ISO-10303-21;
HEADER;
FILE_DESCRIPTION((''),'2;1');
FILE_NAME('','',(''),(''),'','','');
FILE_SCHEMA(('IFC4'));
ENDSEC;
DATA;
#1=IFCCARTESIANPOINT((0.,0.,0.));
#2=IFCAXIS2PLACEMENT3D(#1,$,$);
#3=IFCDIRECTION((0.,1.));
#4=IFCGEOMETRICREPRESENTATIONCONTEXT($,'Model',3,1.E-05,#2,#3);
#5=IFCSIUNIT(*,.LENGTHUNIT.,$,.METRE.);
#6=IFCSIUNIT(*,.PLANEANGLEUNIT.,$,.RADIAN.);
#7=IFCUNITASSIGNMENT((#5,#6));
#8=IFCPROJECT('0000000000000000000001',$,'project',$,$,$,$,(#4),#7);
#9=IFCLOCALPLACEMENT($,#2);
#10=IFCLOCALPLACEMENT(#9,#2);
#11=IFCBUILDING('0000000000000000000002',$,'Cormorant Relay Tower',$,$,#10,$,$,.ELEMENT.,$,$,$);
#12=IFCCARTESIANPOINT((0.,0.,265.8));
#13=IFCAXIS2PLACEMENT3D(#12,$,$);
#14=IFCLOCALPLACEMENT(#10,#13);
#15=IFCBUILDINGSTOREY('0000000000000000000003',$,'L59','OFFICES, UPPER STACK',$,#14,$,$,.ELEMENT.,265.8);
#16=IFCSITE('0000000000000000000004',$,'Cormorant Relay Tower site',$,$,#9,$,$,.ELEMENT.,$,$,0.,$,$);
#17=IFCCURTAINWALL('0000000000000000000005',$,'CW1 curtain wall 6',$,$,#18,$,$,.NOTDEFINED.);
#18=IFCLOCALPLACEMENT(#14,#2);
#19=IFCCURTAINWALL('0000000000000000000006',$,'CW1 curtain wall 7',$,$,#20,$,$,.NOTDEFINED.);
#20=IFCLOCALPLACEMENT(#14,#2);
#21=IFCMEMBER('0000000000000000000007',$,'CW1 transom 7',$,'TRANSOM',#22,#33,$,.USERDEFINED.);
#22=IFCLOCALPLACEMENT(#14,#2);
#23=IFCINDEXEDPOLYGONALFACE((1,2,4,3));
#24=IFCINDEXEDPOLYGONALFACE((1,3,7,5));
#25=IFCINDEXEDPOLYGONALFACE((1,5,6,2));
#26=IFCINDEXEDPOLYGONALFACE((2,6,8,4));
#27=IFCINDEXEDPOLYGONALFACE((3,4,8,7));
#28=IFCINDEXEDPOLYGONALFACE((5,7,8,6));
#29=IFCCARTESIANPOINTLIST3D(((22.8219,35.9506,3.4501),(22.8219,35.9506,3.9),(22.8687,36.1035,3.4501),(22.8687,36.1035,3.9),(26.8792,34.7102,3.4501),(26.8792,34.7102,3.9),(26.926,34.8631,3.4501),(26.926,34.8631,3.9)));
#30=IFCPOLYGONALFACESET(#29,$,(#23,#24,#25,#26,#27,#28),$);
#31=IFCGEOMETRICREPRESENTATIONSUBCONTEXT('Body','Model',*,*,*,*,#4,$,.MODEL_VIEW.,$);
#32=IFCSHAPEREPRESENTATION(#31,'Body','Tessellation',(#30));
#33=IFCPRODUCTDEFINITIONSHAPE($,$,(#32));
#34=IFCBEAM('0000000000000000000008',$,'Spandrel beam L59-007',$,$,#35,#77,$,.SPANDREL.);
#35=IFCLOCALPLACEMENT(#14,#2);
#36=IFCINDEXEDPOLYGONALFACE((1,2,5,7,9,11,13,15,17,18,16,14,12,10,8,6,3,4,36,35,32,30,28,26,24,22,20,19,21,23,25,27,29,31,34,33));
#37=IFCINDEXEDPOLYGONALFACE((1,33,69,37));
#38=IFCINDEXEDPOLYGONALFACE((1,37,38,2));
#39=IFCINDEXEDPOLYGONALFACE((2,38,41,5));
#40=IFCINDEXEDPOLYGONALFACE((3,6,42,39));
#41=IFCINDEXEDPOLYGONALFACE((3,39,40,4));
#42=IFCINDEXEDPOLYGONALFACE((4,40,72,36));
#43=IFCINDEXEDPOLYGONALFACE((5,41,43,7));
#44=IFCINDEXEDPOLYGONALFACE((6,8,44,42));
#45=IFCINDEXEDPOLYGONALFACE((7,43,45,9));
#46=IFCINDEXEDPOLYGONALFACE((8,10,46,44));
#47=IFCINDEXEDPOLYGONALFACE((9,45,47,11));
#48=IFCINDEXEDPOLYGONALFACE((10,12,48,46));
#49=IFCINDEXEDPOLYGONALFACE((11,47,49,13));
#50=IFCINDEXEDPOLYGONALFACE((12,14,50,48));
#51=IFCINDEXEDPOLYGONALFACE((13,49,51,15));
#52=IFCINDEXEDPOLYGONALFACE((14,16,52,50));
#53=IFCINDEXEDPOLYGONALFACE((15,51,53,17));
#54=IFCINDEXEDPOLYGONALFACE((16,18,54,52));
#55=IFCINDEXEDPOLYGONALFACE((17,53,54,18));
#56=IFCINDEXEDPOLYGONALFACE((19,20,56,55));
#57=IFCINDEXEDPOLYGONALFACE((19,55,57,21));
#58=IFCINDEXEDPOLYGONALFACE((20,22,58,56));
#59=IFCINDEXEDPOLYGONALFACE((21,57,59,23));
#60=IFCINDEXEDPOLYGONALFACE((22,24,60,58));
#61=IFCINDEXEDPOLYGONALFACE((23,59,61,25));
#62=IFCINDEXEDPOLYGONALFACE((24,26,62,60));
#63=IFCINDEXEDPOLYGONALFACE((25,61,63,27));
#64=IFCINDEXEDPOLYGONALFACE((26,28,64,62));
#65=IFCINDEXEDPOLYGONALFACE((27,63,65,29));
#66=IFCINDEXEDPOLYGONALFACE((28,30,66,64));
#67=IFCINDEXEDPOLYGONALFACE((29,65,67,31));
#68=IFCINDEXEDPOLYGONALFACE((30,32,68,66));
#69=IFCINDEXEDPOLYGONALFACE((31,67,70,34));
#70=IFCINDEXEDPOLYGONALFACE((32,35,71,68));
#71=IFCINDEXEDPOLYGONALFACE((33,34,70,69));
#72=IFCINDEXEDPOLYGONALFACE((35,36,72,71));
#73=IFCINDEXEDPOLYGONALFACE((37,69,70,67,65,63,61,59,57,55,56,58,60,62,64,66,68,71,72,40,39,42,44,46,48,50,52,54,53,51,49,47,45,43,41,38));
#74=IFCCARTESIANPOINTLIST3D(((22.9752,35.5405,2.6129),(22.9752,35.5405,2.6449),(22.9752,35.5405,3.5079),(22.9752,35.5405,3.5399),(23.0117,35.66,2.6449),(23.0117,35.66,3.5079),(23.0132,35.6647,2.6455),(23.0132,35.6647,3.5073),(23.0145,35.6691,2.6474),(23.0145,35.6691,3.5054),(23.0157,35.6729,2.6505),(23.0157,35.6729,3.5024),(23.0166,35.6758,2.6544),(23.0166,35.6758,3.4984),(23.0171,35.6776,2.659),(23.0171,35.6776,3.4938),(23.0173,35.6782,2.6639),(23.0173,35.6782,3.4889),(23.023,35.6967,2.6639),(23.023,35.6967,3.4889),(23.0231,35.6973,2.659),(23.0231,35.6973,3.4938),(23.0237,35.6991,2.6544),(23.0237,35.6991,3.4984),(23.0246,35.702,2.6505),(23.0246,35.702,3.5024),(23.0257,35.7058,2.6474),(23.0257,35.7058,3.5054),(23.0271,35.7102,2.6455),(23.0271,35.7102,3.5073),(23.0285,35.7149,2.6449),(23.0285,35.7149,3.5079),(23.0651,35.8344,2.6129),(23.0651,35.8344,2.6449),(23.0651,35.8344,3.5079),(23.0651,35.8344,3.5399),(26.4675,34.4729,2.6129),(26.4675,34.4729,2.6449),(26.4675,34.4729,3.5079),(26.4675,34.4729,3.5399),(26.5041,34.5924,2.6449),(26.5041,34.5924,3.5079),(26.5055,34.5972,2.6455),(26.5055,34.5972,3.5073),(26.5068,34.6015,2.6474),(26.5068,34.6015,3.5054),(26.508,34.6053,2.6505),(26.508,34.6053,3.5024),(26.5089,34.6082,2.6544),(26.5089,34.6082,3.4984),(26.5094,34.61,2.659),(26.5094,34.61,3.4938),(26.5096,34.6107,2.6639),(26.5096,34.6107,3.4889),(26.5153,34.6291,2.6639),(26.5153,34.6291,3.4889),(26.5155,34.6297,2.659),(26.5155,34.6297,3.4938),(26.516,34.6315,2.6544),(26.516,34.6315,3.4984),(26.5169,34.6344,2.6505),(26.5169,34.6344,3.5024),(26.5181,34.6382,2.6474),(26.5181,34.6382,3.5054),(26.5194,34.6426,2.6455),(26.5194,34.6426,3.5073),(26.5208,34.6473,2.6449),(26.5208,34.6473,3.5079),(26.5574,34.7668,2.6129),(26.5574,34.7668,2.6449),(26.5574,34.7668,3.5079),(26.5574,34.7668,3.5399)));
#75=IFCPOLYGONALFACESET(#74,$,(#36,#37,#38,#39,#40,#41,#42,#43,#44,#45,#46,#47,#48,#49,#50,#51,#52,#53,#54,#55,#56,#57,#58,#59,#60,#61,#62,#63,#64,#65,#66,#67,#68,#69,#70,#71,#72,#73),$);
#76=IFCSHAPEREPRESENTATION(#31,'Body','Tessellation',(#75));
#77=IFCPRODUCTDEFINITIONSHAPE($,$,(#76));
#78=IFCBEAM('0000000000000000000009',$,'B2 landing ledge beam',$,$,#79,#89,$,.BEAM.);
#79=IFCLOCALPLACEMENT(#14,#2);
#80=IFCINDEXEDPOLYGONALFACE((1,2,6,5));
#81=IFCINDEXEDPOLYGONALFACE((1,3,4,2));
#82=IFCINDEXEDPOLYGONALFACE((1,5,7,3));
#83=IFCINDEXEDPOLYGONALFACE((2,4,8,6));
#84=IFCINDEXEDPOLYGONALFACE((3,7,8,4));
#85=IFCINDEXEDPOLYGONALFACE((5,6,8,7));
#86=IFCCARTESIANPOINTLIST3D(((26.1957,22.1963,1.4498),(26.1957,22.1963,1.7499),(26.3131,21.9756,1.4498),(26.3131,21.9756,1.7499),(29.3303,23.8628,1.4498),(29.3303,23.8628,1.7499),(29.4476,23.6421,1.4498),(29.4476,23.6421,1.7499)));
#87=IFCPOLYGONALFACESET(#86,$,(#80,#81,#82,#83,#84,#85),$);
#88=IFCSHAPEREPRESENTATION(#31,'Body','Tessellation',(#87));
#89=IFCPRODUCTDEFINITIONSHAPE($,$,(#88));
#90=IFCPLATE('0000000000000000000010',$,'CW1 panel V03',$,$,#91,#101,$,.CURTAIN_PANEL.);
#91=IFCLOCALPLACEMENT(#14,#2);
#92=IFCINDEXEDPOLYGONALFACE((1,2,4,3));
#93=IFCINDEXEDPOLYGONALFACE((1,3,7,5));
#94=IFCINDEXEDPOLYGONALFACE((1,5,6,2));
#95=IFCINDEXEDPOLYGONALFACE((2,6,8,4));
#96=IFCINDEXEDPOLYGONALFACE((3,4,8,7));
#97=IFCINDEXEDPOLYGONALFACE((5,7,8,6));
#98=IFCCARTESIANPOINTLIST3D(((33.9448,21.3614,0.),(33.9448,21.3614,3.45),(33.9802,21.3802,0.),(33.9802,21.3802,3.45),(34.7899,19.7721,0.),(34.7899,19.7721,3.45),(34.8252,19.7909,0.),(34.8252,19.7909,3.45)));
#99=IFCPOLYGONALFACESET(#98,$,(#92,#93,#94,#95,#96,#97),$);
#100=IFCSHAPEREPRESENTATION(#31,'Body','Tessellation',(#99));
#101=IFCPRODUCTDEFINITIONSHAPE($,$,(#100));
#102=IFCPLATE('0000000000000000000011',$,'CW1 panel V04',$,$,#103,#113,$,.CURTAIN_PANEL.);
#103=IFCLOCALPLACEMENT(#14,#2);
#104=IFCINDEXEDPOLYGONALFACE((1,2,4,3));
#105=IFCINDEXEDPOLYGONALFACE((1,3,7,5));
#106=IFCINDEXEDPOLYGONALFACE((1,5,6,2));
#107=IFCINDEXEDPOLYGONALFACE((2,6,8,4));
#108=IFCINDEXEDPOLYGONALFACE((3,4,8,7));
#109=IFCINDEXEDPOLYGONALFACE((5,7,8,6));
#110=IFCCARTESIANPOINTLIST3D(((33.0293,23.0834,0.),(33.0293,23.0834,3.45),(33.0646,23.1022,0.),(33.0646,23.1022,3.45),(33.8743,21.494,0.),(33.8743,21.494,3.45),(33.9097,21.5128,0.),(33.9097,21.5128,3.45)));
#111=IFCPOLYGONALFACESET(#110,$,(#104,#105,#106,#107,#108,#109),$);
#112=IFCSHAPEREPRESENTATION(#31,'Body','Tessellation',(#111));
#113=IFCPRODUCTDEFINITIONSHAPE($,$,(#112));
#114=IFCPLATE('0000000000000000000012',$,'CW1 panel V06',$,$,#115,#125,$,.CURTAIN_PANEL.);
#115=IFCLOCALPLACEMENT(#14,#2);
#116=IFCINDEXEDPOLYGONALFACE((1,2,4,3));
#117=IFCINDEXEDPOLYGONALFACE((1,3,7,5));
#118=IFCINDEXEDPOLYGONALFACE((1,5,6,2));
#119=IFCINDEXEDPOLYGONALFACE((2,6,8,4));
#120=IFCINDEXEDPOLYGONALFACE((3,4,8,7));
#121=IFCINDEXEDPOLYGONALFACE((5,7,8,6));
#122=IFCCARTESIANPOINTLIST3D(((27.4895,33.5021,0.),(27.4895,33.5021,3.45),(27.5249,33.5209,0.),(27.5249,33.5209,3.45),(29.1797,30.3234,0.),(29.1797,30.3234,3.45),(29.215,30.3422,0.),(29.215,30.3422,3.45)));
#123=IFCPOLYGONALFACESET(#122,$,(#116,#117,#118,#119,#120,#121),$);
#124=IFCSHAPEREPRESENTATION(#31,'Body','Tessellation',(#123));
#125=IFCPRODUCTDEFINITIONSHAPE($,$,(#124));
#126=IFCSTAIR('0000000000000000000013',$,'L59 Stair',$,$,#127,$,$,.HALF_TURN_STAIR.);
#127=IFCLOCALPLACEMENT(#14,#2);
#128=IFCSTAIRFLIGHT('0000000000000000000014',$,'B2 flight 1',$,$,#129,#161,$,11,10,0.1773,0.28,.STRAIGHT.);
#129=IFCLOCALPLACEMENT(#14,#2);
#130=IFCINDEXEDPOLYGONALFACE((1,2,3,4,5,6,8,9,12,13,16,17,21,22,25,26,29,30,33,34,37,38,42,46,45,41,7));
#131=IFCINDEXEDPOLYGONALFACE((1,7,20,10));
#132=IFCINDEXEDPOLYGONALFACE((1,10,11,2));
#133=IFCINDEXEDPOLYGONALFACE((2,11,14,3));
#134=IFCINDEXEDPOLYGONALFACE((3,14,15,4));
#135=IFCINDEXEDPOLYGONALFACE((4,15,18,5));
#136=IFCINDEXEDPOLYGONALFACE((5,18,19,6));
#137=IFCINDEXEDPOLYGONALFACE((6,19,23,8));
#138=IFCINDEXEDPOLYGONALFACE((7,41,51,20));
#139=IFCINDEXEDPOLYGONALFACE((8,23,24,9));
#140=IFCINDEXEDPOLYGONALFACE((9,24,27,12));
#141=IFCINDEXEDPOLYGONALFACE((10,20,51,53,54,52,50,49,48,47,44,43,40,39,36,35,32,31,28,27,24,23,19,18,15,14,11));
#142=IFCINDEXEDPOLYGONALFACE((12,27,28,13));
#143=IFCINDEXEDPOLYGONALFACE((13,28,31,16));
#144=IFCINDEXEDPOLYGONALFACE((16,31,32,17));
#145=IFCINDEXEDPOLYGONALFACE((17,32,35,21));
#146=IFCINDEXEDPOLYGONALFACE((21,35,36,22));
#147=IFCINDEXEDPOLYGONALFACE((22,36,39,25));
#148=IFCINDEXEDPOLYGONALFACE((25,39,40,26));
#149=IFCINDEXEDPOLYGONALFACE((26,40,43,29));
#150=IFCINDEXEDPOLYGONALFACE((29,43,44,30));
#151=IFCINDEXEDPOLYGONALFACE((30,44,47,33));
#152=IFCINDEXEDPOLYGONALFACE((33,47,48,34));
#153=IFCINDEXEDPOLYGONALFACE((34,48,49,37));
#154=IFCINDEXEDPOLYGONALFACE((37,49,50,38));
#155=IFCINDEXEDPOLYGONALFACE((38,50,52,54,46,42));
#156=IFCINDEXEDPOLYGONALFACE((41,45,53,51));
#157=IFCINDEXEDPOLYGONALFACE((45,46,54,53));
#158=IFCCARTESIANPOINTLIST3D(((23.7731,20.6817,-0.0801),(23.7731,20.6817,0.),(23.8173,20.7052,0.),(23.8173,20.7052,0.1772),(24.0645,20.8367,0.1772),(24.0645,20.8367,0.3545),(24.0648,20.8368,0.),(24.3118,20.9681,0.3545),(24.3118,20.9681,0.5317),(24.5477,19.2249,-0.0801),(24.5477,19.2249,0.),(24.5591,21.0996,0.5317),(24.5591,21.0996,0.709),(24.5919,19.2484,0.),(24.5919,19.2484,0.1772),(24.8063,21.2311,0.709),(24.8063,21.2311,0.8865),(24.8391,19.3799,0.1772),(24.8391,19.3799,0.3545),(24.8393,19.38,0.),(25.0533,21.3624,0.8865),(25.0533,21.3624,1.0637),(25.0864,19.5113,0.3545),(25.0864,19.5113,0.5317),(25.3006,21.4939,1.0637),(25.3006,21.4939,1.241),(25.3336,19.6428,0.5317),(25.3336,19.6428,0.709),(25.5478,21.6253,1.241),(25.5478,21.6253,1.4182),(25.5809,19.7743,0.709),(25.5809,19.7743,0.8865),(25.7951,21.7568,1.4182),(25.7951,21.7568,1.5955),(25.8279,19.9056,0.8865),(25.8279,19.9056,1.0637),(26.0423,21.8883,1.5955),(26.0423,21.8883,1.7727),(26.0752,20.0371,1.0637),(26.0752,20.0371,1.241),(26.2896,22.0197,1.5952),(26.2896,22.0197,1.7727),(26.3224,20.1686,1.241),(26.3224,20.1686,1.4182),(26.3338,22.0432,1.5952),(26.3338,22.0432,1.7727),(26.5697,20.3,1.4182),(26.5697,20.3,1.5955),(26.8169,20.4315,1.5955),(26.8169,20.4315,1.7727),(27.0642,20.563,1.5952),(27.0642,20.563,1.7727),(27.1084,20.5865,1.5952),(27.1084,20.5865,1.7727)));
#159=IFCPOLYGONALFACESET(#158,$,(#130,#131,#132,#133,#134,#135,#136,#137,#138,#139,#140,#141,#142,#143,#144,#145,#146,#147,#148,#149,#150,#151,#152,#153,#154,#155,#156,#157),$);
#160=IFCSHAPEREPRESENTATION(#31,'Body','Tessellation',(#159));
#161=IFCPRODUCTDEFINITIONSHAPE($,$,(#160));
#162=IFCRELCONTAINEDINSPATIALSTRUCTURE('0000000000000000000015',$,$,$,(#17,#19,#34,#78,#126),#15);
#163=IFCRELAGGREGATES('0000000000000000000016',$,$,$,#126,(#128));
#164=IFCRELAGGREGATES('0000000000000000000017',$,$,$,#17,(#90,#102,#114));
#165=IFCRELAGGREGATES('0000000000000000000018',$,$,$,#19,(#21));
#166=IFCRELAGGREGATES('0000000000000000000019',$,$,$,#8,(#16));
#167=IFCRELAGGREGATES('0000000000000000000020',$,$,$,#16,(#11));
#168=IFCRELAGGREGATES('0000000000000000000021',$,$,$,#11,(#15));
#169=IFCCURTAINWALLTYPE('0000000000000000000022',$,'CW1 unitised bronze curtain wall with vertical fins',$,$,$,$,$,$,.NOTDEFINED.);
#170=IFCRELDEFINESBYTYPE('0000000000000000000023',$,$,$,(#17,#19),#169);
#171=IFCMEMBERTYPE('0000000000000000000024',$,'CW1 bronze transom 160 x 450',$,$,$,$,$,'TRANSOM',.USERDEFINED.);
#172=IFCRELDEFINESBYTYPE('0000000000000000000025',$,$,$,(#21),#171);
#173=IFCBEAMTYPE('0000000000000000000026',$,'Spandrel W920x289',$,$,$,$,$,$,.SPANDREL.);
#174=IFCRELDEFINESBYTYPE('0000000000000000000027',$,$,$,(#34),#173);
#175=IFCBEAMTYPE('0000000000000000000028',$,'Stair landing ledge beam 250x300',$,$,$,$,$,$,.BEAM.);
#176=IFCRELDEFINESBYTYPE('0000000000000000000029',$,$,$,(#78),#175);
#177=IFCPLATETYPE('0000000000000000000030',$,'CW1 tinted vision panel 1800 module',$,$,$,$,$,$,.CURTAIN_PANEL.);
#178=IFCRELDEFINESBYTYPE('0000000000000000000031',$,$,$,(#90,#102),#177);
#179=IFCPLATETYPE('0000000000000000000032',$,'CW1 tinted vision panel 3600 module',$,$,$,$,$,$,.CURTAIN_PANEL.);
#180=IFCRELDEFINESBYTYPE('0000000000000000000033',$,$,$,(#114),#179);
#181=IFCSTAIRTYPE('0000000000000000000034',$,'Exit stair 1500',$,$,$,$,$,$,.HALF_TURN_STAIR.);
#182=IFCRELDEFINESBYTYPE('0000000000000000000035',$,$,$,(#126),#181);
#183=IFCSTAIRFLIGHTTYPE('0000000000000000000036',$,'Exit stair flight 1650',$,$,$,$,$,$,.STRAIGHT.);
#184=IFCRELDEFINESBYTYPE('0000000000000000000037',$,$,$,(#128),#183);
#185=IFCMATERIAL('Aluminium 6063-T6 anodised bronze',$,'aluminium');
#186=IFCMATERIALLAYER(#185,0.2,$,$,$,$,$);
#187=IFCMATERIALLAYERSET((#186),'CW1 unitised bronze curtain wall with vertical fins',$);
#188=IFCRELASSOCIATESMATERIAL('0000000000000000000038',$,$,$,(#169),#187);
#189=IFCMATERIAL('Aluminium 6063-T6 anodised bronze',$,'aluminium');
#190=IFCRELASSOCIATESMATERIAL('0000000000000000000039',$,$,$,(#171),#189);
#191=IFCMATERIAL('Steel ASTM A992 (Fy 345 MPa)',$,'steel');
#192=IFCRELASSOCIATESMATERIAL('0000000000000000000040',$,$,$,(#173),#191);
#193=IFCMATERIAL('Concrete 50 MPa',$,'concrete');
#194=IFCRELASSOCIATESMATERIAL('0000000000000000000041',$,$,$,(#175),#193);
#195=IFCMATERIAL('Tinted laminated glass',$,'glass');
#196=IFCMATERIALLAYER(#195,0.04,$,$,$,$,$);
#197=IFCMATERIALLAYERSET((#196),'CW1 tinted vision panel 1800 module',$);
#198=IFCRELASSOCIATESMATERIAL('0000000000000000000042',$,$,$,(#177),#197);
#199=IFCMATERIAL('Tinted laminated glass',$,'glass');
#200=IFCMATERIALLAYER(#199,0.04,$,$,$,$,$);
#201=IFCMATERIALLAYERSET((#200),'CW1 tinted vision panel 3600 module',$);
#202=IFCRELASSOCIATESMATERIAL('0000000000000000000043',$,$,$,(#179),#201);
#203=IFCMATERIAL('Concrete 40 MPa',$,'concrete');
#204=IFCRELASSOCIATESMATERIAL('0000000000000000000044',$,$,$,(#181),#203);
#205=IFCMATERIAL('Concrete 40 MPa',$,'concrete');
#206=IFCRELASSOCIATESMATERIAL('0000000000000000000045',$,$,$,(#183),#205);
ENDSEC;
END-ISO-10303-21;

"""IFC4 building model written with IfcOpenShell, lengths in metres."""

from ifc_helpers import new_model, si_unit, direction, frame, origin, origin_2d, place, context, subcontext, project, spatial, polyline, rectangle, i_section, outline, extrude, material, layer, layer_set, material_profile, profile_set, type_object, element, aggregate, save


model = new_model("IFC4")

# Units and contexts
model_context = context("Model", 3, precision=1e-05, world=origin(), true_north=direction((0.0, 1.0)))
body_context = subcontext(model_context, "Body", "Model", "MODEL_VIEW")
ifc_project = project(units=[si_unit("LENGTHUNIT", "METRE"), si_unit("PLANEANGLEUNIT", "RADIAN")], contexts=[model_context])

# Site, building, storey
site_placement = place(None, origin())
site = spatial("IfcSite", under=ifc_project, at=site_placement, Name="Cormorant Relay Tower site", CompositionType="ELEMENT", RefElevation=0.0)
building_placement = place(site_placement, origin())
building = spatial("IfcBuilding", under=site, at=building_placement, Name="Cormorant Relay Tower", CompositionType="ELEMENT")
storey_placement = place(building_placement, frame((0.0, 0.0, 265.8)))
storey = spatial("IfcBuildingStorey", under=building, at=storey_placement, Name="L59", Description="OFFICES, UPPER STACK", CompositionType="ELEMENT", Elevation=265.8)

# Curtain walls, member
ifc_material_1 = material(Name="Aluminium 6063-T6 anodised bronze", Category="aluminium")
ifc_layer_1 = layer(ifc_material_1, 0.2)
ifc_layer_set_1 = layer_set([ifc_layer_1], Name="CW1 unitised bronze curtain wall with vertical fins")
curtain_wall_type = type_object("IfcCurtainWallType", Name="CW1 unitised bronze curtain wall with vertical fins", PredefinedType="NOTDEFINED", material=ifc_layer_set_1)
curtain_wall_1_placement = place(storey_placement, origin())
curtain_wall_1 = element("IfcCurtainWall", 1, at=curtain_wall_1_placement, inside=storey, type_object=curtain_wall_type, Name="CW1 curtain wall 6", PredefinedType="NOTDEFINED")
curtain_wall_2_placement = place(storey_placement, origin())
curtain_wall_2 = element("IfcCurtainWall", 2, at=curtain_wall_2_placement, inside=storey, type_object=curtain_wall_type, Name="CW1 curtain wall 7", PredefinedType="NOTDEFINED")
ifc_material_2 = material(Name="Aluminium 6063-T6 anodised bronze", Category="aluminium")
ifc_material_profile_1 = material_profile(ifc_material_2, rectangle(XDim=0.1599, YDim=0.45, at=origin_2d()), Name="AL 160x450")
ifc_profile_set_1 = profile_set([ifc_material_profile_1], Name="Aluminium 6063-T6 anodised bronze")
member_type_1 = type_object("IfcMemberType", Name="CW1 bronze transom 160 x 450", ElementType="TRANSOM", PredefinedType="USERDEFINED", material=ifc_profile_set_1)
member_1_placement = place(storey_placement, frame((26.9026, 34.7866, 3.675), z_axis=(-0.956304, 0.292375, 0.0), x_axis=(-0.292375, -0.956304, 0.0)))
member_1 = element("IfcMember", 3, at=member_1_placement, type_object=member_type_1, Name="CW1 transom 7", ObjectType="TRANSOM", PredefinedType="USERDEFINED", context=body_context, shape_type="SweptSolid", body=[
    extrude(rectangle(XDim=0.1599, YDim=0.45, at=origin_2d()), origin(), (0.0, 0.0, 1.0), 4.2427),
])

# Beams
ifc_material_3 = material(Name="Steel ASTM A992 (Fy 345 MPa)", Category="steel")
ifc_material_profile_2 = material_profile(ifc_material_3, i_section(OverallWidth=0.3074, OverallDepth=0.927, WebThickness=0.0193, FlangeThickness=0.032, FilletRadius=0.019, at=origin_2d()), Name="W920x289")
ifc_profile_set_2 = profile_set([ifc_material_profile_2], Name="Steel ASTM A992 (Fy 345 MPa)")
beam_type_1 = type_object("IfcBeamType", Name="Spandrel W920x289", PredefinedType="SPANDREL", material=ifc_profile_set_2)
beam_1_placement = place(storey_placement, frame((26.5125, 34.6199, 3.0764), z_axis=(-0.956314, 0.292343, 0.0), x_axis=(-0.292343, -0.956314, 0.0)))
element("IfcBeam", 4, at=beam_1_placement, inside=storey, type_object=beam_type_1, Name="Spandrel beam L59-007", PredefinedType="SPANDREL", context=body_context, shape_type="SweptSolid", body=[
    extrude(i_section(OverallWidth=0.3074, OverallDepth=0.927, WebThickness=0.0193, FlangeThickness=0.032, FilletRadius=0.019, at=origin_2d()), origin(), (0.0, 0.0, 1.0), 3.6519),
])
ifc_material_4 = material(Name="Concrete 50 MPa", Category="concrete")
ifc_material_profile_3 = material_profile(ifc_material_4, rectangle(XDim=0.25, YDim=0.3, at=origin_2d()), Name="RC 250x300")
ifc_profile_set_3 = profile_set([ifc_material_profile_3], Name="Concrete 50 MPa")
beam_type_2 = type_object("IfcBeamType", Name="Stair landing ledge beam 250x300", PredefinedType="BEAM", material=ifc_profile_set_3)
beam_2_placement = place(storey_placement, frame((26.2544, 22.0859, 1.5999), z_axis=(0.882965, 0.469438, 0.0), x_axis=(-0.469438, 0.882965, 0.0)))
element("IfcBeam", 5, at=beam_2_placement, inside=storey, type_object=beam_type_2, Name="B2 landing ledge beam", PredefinedType="BEAM", context=body_context, shape_type="SweptSolid", body=[
    extrude(rectangle(XDim=0.25, YDim=0.3, at=origin_2d()), origin(), (0.0, 0.0, 1.0), 3.55),
])

# Plates
ifc_material_5 = material(Name="Tinted laminated glass", Category="glass")
ifc_layer_2 = layer(ifc_material_5, 0.04)
ifc_layer_set_2 = layer_set([ifc_layer_2], Name="CW1 tinted vision panel 1800 module")
plate_type_1 = type_object("IfcPlateType", Name="CW1 tinted vision panel 1800 module", PredefinedType="CURTAIN_PANEL", material=ifc_layer_set_2)
plate_1_placement = place(storey_placement, frame((34.385, 20.5762, 0.0), z_axis=(0.0, 0.0, 1.0), x_axis=(-0.469472, 0.882948, 0.0)))
plate_1 = element("IfcPlate", 6, at=plate_1_placement, type_object=plate_type_1, Name="CW1 panel V03", PredefinedType="CURTAIN_PANEL", context=body_context, shape_type="SweptSolid", body=[
    extrude(rectangle(XDim=1.8, YDim=0.04, at=origin_2d()), origin(), (0.0, 0.0, 1.0), 3.45),
])
plate_2_placement = place(storey_placement, frame((33.4695, 22.2981, 0.0), z_axis=(0.0, 0.0, 1.0), x_axis=(-0.469472, 0.882948, 0.0)))
plate_2 = element("IfcPlate", 7, at=plate_2_placement, type_object=plate_type_1, Name="CW1 panel V04", PredefinedType="CURTAIN_PANEL", context=body_context, shape_type="SweptSolid", body=[
    extrude(rectangle(XDim=1.8, YDim=0.04, at=origin_2d()), origin(), (0.0, 0.0, 1.0), 3.45),
])
ifc_material_6 = material(Name="Tinted laminated glass", Category="glass")
ifc_layer_3 = layer(ifc_material_6, 0.04)
ifc_layer_set_3 = layer_set([ifc_layer_3], Name="CW1 tinted vision panel 3600 module")
plate_type_2 = type_object("IfcPlateType", Name="CW1 tinted vision panel 3600 module", PredefinedType="CURTAIN_PANEL", material=ifc_layer_set_3)
plate_3_placement = place(storey_placement, frame((28.3523, 31.9221, 0.0), z_axis=(0.0, 0.0, 1.0), x_axis=(-0.469472, 0.882948, 0.0)))
plate_3 = element("IfcPlate", 8, at=plate_3_placement, type_object=plate_type_2, Name="CW1 panel V06", PredefinedType="CURTAIN_PANEL", context=body_context, shape_type="SweptSolid", body=[
    extrude(rectangle(XDim=3.6001, YDim=0.04, at=origin_2d()), origin(), (0.0, 0.0, 1.0), 3.45),
])

# Stair, stair flight
ifc_material_7 = material(Name="Concrete 40 MPa", Category="concrete")
stair_type = type_object("IfcStairType", Name="Exit stair 1500", PredefinedType="HALF_TURN_STAIR", material=ifc_material_7)
stair_placement = place(storey_placement, origin())
stair = element("IfcStair", 9, at=stair_placement, inside=storey, type_object=stair_type, Name="L59 Stair", PredefinedType="HALF_TURN_STAIR")
ifc_material_8 = material(Name="Concrete 40 MPa", Category="concrete")
stair_flight_type = type_object("IfcStairFlightType", Name="Exit stair flight 1650", PredefinedType="STRAIGHT", material=ifc_material_8)
stair_flight_1_placement = place(storey_placement, frame((24.2046, 19.9768, 0.0), z_axis=(0.0, 0.0, 1.0), x_axis=(0.882948, 0.469472, 0.0)))
stair_flight_1 = element("IfcStairFlight", 10, at=stair_flight_1_placement, type_object=stair_flight_type, Name="B2 flight 1", NumberOfRisers=11, NumberOfTreads=10, PredefinedType="STRAIGHT", RiserHeight=0.1773, TreadLength=0.28, context=body_context, shape_type="SweptSolid", body=[
    extrude(outline(polyline([(-0.05, -0.0801), (-0.05, 0.0), (0.0, 0.0), (0.0, 0.1772), (0.28, 0.1772), (0.28, 0.3545), (0.5601, 0.3545), (0.5601, 0.5317), (0.8401, 0.5317), (0.8401, 0.709), (1.1201, 0.709), (1.1201, 0.8865), (1.3999, 0.8865), (1.3999, 1.0637), (1.6799, 1.0637), (1.6799, 1.241), (1.96, 1.241), (1.96, 1.4182), (2.24, 1.4182), (2.24, 1.5955), (2.52, 1.5955), (2.52, 1.7727), (2.8, 1.7727), (2.8501, 1.7727), (2.8501, 1.5952), (2.8, 1.5952), (0.2803, 0.0), (-0.05, -0.0801)])), frame((0.0, 0.825, 0.0), z_axis=(0.0, -1.0, 0.0), x_axis=(1.0, 0.0, 0.0)), (0.0, 0.0, 1.0), 1.6499),
])
aggregate(stair, [stair_flight_1])

aggregate(curtain_wall_1, [plate_1, plate_2, plate_3])
aggregate(curtain_wall_2, [member_1])

save(model, "model.ifc")
